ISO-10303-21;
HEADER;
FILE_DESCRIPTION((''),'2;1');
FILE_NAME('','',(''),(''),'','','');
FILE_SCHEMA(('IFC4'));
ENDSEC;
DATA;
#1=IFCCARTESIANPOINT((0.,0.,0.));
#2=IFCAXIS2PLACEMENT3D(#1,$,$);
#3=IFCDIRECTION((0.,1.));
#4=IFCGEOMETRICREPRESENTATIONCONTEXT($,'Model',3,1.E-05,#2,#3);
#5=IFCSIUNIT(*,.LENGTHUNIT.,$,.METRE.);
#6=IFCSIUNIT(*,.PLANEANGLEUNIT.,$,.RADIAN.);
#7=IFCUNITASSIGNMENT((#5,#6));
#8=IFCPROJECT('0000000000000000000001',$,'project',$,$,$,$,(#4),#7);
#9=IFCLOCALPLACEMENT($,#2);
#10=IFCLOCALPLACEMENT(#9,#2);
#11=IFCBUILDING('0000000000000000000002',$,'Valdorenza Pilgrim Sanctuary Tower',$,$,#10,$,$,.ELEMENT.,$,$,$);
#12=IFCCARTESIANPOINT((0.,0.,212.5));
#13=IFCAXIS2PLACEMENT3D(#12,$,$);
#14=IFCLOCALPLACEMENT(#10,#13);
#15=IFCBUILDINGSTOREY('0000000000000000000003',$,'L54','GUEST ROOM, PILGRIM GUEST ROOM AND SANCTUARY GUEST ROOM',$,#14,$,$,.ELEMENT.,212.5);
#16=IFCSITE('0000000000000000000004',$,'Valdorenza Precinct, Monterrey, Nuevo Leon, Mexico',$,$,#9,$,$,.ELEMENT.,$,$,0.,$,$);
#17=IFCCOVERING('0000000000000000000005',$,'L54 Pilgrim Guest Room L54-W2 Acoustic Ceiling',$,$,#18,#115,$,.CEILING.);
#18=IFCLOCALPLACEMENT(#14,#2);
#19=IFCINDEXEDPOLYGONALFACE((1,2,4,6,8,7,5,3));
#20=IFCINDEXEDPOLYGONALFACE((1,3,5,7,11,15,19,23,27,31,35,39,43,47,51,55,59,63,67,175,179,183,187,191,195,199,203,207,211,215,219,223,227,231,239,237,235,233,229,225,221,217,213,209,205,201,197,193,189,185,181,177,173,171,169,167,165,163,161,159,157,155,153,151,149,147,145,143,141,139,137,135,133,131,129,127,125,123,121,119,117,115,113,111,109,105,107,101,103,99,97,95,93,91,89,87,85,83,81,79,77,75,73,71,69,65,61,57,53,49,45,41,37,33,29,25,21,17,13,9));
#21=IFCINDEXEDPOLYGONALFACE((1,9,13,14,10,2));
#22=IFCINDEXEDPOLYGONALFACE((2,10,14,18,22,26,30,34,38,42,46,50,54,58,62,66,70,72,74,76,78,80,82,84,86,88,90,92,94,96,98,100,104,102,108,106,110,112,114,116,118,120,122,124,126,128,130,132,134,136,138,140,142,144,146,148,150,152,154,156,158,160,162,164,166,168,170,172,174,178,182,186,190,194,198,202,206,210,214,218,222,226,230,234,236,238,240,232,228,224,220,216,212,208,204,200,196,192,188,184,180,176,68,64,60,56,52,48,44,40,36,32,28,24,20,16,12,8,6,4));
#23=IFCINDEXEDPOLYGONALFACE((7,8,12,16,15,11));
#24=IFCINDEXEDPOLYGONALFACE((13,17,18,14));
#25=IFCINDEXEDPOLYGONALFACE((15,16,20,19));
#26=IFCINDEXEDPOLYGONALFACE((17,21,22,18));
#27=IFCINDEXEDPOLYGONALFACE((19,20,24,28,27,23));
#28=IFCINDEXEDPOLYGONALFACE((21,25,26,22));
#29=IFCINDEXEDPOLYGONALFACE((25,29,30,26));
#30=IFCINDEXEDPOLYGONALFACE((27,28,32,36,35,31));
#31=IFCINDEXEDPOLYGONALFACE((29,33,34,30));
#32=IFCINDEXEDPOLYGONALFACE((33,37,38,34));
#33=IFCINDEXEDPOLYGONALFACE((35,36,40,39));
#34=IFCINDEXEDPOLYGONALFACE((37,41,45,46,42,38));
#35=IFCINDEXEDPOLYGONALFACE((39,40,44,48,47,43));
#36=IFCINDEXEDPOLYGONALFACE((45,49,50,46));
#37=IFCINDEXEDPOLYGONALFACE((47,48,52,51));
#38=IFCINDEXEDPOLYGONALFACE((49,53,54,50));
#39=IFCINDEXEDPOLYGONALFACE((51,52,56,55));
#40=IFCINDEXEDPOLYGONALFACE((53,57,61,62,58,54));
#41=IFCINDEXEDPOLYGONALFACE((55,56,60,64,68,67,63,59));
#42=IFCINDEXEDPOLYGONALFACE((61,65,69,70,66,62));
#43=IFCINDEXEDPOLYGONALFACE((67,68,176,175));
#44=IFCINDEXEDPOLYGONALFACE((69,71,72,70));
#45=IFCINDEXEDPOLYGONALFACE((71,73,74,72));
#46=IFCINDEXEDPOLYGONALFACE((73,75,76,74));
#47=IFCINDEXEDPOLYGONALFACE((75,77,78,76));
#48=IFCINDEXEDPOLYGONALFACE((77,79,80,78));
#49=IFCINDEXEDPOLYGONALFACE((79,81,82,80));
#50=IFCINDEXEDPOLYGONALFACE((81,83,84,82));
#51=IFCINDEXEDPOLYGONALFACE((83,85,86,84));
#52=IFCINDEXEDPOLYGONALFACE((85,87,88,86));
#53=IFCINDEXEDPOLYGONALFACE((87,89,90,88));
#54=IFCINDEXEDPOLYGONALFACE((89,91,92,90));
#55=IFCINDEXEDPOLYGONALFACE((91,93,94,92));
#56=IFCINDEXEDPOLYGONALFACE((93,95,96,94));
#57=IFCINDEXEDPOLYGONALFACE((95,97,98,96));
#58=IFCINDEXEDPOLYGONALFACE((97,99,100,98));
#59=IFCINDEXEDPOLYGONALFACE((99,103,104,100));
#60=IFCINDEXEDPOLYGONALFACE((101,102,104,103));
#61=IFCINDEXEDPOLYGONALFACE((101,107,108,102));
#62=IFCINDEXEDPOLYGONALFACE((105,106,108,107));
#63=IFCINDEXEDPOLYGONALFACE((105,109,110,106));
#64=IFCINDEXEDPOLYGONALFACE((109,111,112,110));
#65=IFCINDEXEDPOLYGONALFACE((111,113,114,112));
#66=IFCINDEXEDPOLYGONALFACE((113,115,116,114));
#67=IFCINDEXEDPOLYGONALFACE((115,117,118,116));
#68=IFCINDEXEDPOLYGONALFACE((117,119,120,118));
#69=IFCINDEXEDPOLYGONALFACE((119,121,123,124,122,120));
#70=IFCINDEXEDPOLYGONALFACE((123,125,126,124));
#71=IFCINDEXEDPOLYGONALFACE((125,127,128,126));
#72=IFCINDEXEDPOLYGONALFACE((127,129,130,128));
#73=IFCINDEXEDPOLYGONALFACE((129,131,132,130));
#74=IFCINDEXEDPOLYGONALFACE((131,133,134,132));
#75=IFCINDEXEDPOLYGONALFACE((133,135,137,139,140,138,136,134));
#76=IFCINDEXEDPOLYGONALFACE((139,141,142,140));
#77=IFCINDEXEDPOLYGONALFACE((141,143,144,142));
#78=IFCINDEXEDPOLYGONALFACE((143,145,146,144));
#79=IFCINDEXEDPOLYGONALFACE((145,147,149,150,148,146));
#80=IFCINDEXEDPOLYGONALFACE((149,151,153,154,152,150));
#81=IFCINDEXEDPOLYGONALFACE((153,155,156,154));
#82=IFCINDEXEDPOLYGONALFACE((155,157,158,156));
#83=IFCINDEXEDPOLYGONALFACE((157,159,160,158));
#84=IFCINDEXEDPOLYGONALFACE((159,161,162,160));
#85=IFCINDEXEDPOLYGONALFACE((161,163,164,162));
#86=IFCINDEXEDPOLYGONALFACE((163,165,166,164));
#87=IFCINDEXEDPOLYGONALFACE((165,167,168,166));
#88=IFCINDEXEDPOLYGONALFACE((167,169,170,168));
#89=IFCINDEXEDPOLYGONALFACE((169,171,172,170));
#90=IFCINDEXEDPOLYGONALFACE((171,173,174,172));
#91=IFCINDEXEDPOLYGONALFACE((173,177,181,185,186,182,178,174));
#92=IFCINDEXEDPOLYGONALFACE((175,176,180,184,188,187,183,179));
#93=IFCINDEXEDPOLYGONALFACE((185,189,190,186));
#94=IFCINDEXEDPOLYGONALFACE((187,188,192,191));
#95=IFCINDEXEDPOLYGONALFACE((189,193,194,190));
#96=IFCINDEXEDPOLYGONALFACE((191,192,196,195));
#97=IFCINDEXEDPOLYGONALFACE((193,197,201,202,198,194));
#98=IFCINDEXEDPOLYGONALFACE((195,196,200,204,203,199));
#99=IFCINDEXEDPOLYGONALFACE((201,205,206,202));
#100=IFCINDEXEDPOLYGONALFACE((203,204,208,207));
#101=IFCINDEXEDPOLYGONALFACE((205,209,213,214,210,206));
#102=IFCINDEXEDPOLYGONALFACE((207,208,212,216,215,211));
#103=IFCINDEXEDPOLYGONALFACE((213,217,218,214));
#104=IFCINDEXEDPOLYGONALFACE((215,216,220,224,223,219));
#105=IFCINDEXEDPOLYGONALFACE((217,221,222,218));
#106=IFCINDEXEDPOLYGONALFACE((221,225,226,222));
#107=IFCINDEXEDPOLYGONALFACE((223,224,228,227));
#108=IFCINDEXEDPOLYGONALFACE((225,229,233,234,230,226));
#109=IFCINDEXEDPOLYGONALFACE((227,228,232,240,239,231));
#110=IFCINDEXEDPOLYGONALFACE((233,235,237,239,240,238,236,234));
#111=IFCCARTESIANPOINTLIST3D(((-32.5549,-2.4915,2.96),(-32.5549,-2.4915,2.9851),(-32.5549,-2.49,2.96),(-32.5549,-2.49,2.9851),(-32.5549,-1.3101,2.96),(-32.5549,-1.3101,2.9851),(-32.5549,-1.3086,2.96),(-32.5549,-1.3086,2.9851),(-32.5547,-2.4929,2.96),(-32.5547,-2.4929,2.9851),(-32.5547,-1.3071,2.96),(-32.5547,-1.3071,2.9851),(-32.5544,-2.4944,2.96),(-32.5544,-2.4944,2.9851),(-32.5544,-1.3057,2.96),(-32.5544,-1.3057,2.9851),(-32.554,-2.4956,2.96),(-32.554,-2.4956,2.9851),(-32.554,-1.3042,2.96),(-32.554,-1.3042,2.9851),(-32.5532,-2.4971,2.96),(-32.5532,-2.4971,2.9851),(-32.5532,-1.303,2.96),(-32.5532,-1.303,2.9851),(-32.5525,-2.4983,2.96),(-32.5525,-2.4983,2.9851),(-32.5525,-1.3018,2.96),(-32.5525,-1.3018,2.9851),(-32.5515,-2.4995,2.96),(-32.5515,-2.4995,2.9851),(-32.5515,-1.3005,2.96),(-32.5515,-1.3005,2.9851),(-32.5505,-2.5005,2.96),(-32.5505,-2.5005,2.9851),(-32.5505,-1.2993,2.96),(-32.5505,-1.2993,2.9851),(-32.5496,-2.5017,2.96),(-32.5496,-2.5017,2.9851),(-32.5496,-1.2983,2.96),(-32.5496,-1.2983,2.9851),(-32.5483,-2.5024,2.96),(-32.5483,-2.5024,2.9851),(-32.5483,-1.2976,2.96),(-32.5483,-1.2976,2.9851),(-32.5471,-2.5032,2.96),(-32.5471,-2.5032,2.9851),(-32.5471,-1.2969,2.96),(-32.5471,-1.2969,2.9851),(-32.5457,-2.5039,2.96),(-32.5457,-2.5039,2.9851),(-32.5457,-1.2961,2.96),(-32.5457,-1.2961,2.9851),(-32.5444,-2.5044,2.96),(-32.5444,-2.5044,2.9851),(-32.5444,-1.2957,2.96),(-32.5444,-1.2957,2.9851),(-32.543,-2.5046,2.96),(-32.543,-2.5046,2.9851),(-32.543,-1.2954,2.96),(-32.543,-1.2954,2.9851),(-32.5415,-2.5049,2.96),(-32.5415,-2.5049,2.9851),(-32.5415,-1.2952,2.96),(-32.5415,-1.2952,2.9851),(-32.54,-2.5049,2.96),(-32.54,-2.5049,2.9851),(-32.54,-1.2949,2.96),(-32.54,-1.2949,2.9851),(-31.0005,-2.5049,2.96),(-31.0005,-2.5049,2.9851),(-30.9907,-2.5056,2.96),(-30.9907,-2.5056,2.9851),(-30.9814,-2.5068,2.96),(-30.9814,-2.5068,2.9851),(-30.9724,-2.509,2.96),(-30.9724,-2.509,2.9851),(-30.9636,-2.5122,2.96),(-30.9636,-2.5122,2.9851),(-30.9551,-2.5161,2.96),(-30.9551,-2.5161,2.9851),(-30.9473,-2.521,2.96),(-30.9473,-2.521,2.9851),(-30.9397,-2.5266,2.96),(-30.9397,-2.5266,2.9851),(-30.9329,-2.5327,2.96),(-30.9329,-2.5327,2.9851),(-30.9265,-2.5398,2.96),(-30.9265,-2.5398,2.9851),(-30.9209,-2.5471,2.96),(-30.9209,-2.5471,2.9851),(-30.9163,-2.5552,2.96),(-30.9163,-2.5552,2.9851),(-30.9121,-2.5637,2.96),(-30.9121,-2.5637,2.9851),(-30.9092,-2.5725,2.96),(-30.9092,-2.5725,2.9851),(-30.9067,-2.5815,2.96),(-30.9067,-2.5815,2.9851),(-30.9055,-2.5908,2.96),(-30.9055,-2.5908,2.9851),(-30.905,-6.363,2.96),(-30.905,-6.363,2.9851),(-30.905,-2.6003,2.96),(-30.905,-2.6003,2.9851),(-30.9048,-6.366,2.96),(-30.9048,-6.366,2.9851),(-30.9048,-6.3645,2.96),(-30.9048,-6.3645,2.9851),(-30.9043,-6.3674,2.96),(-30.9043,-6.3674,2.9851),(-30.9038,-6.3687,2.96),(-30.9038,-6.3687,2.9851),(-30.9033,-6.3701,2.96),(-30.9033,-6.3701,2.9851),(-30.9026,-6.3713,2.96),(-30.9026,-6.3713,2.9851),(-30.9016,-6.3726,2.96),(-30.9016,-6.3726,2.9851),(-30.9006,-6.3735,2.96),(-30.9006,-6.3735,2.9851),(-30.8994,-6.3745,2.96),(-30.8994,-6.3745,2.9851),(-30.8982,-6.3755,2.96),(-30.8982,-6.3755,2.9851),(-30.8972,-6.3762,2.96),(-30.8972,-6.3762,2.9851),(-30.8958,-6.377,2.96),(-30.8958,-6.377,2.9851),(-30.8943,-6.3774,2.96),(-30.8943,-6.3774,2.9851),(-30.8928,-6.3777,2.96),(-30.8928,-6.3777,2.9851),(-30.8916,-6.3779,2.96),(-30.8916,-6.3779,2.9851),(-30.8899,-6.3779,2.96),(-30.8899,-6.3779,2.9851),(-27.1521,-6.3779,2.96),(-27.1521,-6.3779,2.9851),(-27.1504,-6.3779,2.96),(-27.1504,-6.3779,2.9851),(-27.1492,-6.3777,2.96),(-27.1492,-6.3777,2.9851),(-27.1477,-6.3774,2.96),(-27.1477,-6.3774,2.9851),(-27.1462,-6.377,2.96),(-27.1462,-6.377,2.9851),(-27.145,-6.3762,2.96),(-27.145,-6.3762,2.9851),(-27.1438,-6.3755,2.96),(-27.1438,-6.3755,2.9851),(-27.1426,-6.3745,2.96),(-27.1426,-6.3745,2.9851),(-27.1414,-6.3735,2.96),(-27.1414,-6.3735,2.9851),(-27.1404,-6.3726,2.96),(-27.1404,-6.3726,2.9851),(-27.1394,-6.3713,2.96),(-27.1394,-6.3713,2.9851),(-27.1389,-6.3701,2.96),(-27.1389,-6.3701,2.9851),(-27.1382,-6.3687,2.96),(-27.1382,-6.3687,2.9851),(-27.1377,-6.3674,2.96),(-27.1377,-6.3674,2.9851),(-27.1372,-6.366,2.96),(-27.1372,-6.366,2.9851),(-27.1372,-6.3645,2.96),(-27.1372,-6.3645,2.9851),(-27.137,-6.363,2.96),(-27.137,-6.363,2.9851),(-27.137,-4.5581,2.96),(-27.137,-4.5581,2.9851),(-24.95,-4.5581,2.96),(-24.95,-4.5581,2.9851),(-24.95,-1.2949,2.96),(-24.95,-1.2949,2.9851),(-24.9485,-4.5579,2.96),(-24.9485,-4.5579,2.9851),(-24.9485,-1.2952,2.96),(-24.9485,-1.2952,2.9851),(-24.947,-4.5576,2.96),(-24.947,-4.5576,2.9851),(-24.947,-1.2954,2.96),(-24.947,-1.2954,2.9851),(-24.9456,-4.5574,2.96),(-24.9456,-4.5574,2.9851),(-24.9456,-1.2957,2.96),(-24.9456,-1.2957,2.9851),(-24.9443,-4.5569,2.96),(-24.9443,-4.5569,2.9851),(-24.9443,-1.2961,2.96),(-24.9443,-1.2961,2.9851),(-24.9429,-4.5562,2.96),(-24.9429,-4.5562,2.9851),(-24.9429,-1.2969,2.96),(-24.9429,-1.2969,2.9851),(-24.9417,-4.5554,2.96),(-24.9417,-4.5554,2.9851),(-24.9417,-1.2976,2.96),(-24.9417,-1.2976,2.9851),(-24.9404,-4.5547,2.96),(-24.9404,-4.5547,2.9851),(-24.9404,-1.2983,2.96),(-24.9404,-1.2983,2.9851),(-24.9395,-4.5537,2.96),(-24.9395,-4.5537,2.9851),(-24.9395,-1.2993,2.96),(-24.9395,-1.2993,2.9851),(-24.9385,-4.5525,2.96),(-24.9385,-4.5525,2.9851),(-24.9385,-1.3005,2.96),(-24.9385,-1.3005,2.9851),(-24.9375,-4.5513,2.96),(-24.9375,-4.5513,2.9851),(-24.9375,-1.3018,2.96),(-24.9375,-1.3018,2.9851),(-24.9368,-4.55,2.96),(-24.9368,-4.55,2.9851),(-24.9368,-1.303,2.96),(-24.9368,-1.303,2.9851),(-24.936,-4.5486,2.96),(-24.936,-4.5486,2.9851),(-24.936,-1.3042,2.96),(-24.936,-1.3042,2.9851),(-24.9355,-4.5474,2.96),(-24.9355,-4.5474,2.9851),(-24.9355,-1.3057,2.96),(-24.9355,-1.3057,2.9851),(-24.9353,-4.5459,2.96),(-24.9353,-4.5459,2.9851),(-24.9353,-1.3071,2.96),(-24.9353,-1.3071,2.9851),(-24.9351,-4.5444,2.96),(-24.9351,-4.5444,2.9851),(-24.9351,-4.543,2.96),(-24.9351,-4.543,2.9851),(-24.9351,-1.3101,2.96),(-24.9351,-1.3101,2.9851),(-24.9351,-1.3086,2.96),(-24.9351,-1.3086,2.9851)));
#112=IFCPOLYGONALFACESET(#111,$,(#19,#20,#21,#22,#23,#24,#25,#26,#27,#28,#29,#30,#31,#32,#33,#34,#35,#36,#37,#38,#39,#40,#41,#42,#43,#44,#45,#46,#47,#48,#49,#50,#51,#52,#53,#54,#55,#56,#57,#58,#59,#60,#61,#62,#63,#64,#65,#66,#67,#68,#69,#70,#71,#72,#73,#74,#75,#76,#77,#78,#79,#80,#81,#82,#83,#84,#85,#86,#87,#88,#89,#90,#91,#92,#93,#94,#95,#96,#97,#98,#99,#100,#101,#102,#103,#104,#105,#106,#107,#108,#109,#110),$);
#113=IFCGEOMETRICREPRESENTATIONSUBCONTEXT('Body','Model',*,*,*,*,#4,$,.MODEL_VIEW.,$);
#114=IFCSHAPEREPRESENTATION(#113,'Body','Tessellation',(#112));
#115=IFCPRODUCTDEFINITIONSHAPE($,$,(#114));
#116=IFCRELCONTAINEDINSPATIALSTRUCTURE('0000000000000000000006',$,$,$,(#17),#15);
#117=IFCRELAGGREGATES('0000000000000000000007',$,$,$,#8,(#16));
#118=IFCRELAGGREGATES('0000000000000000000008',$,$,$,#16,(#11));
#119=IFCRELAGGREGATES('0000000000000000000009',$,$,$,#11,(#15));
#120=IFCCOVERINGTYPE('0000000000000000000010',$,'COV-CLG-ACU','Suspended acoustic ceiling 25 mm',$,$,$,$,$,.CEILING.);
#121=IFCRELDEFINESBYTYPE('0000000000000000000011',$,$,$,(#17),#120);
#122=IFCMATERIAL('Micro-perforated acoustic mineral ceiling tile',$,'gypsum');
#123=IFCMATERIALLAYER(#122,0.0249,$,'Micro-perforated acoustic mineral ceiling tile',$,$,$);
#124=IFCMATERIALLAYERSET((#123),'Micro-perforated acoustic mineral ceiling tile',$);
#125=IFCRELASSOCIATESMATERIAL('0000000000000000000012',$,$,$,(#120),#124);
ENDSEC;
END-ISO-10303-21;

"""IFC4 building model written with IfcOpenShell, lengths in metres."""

from ifc_helpers import new_model, si_unit, direction, frame, origin, place, context, subcontext, project, spatial, polyline, outline, extrude, material, layer, layer_set, type_object, element, save


model = new_model("IFC4")

# Units and contexts
model_context = context("Model", 3, precision=1e-05, world=origin(), true_north=direction((0.0, 1.0)))
body_context = subcontext(model_context, "Body", "Model", "MODEL_VIEW")
ifc_project = project(units=[si_unit("LENGTHUNIT", "METRE"), si_unit("PLANEANGLEUNIT", "RADIAN")], contexts=[model_context])

# Site, building, storey
site_placement = place(None, origin())
site = spatial("IfcSite", under=ifc_project, at=site_placement, Name="Valdorenza Precinct, Monterrey, Nuevo Leon, Mexico", CompositionType="ELEMENT", RefElevation=0.0)
building_placement = place(site_placement, origin())
building = spatial("IfcBuilding", under=site, at=building_placement, Name="Valdorenza Pilgrim Sanctuary Tower", CompositionType="ELEMENT")
storey_placement = place(building_placement, frame((0.0, 0.0, 212.5)))
storey = spatial("IfcBuildingStorey", under=building, at=storey_placement, Name="L54", Description="GUEST ROOM, PILGRIM GUEST ROOM AND SANCTUARY GUEST ROOM", CompositionType="ELEMENT", Elevation=212.5)

# Covering
ifc_material_1 = material(Name="Micro-perforated acoustic mineral ceiling tile", Category="gypsum")
ifc_layer_1 = layer(ifc_material_1, 0.0249, Name="Micro-perforated acoustic mineral ceiling tile")
ifc_layer_set_1 = layer_set([ifc_layer_1], Name="Micro-perforated acoustic mineral ceiling tile")
covering_type_1 = type_object("IfcCoveringType", Name="COV-CLG-ACU", Description="Suspended acoustic ceiling 25 mm", PredefinedType="CEILING", material=ifc_layer_set_1)
covering_1_placement = place(storey_placement, frame((0.0, 0.0, 2.96)))
element("IfcCovering", 1, at=covering_1_placement, inside=storey, type_object=covering_type_1, Name="L54 Pilgrim Guest Room L54-W2 Acoustic Ceiling", PredefinedType="CEILING", context=body_context, shape_type="SweptSolid", body=[
    extrude(outline(polyline([(-27.137, -4.5581), (-27.137, -6.363), (-27.1372, -6.3645), (-27.1372, -6.366), (-27.1377, -6.3674), (-27.1382, -6.3687), (-27.1389, -6.3701), (-27.1394, -6.3713), (-27.1404, -6.3726), (-27.1414, -6.3735), (-27.1426, -6.3745), (-27.1438, -6.3755), (-27.145, -6.3762), (-27.1462, -6.377), (-27.1477, -6.3774), (-27.1492, -6.3777), (-27.1504, -6.3779), (-27.1521, -6.3779), (-30.8899, -6.3779), (-30.8916, -6.3779), (-30.8928, -6.3777), (-30.8943, -6.3774), (-30.8958, -6.377), (-30.8972, -6.3762), (-30.8982, -6.3755), (-30.8994, -6.3745), (-30.9006, -6.3735), (-30.9016, -6.3726), (-30.9026, -6.3713), (-30.9033, -6.3701), (-30.9038, -6.3687), (-30.9043, -6.3674), (-30.9048, -6.366), (-30.9048, -6.3645), (-30.905, -6.363), (-30.905, -2.6003), (-30.9055, -2.5908), (-30.9067, -2.5815), (-30.9092, -2.5725), (-30.9121, -2.5637), (-30.9163, -2.5552), (-30.9209, -2.5471), (-30.9265, -2.5398), (-30.9329, -2.5327), (-30.9397, -2.5266), (-30.9473, -2.521), (-30.9551, -2.5161), (-30.9636, -2.5122), (-30.9724, -2.509), (-30.9814, -2.5068), (-30.9907, -2.5056), (-31.0005, -2.5049), (-32.54, -2.5049), (-32.5415, -2.5049), (-32.543, -2.5046), (-32.5444, -2.5044), (-32.5457, -2.5039), (-32.5471, -2.5032), (-32.5483, -2.5024), (-32.5496, -2.5017), (-32.5505, -2.5005), (-32.5515, -2.4995), (-32.5525, -2.4983), (-32.5532, -2.4971), (-32.554, -2.4956), (-32.5544, -2.4944), (-32.5547, -2.4929), (-32.5549, -2.4915), (-32.5549, -2.49), (-32.5549, -1.3101), (-32.5549, -1.3086), (-32.5547, -1.3071), (-32.5544, -1.3057), (-32.554, -1.3042), (-32.5532, -1.303), (-32.5525, -1.3018), (-32.5515, -1.3005), (-32.5505, -1.2993), (-32.5496, -1.2983), (-32.5483, -1.2976), (-32.5471, -1.2969), (-32.5457, -1.2961), (-32.5444, -1.2957), (-32.543, -1.2954), (-32.5415, -1.2952), (-32.54, -1.2949), (-24.95, -1.2949), (-24.9485, -1.2952), (-24.947, -1.2954), (-24.9456, -1.2957), (-24.9443, -1.2961), (-24.9429, -1.2969), (-24.9417, -1.2976), (-24.9404, -1.2983), (-24.9395, -1.2993), (-24.9385, -1.3005), (-24.9375, -1.3018), (-24.9368, -1.303), (-24.936, -1.3042), (-24.9355, -1.3057), (-24.9353, -1.3071), (-24.9351, -1.3086), (-24.9351, -1.3101), (-24.9351, -4.543), (-24.9351, -4.5444), (-24.9353, -4.5459), (-24.9355, -4.5474), (-24.936, -4.5486), (-24.9368, -4.55), (-24.9375, -4.5513), (-24.9385, -4.5525), (-24.9395, -4.5537), (-24.9404, -4.5547), (-24.9417, -4.5554), (-24.9429, -4.5562), (-24.9443, -4.5569), (-24.9456, -4.5574), (-24.947, -4.5576), (-24.9485, -4.5579), (-24.95, -4.5581), (-27.137, -4.5581)])), origin(), (0.0, 0.0, 1.0), 0.0251),
])

save(model, "model.ifc")
